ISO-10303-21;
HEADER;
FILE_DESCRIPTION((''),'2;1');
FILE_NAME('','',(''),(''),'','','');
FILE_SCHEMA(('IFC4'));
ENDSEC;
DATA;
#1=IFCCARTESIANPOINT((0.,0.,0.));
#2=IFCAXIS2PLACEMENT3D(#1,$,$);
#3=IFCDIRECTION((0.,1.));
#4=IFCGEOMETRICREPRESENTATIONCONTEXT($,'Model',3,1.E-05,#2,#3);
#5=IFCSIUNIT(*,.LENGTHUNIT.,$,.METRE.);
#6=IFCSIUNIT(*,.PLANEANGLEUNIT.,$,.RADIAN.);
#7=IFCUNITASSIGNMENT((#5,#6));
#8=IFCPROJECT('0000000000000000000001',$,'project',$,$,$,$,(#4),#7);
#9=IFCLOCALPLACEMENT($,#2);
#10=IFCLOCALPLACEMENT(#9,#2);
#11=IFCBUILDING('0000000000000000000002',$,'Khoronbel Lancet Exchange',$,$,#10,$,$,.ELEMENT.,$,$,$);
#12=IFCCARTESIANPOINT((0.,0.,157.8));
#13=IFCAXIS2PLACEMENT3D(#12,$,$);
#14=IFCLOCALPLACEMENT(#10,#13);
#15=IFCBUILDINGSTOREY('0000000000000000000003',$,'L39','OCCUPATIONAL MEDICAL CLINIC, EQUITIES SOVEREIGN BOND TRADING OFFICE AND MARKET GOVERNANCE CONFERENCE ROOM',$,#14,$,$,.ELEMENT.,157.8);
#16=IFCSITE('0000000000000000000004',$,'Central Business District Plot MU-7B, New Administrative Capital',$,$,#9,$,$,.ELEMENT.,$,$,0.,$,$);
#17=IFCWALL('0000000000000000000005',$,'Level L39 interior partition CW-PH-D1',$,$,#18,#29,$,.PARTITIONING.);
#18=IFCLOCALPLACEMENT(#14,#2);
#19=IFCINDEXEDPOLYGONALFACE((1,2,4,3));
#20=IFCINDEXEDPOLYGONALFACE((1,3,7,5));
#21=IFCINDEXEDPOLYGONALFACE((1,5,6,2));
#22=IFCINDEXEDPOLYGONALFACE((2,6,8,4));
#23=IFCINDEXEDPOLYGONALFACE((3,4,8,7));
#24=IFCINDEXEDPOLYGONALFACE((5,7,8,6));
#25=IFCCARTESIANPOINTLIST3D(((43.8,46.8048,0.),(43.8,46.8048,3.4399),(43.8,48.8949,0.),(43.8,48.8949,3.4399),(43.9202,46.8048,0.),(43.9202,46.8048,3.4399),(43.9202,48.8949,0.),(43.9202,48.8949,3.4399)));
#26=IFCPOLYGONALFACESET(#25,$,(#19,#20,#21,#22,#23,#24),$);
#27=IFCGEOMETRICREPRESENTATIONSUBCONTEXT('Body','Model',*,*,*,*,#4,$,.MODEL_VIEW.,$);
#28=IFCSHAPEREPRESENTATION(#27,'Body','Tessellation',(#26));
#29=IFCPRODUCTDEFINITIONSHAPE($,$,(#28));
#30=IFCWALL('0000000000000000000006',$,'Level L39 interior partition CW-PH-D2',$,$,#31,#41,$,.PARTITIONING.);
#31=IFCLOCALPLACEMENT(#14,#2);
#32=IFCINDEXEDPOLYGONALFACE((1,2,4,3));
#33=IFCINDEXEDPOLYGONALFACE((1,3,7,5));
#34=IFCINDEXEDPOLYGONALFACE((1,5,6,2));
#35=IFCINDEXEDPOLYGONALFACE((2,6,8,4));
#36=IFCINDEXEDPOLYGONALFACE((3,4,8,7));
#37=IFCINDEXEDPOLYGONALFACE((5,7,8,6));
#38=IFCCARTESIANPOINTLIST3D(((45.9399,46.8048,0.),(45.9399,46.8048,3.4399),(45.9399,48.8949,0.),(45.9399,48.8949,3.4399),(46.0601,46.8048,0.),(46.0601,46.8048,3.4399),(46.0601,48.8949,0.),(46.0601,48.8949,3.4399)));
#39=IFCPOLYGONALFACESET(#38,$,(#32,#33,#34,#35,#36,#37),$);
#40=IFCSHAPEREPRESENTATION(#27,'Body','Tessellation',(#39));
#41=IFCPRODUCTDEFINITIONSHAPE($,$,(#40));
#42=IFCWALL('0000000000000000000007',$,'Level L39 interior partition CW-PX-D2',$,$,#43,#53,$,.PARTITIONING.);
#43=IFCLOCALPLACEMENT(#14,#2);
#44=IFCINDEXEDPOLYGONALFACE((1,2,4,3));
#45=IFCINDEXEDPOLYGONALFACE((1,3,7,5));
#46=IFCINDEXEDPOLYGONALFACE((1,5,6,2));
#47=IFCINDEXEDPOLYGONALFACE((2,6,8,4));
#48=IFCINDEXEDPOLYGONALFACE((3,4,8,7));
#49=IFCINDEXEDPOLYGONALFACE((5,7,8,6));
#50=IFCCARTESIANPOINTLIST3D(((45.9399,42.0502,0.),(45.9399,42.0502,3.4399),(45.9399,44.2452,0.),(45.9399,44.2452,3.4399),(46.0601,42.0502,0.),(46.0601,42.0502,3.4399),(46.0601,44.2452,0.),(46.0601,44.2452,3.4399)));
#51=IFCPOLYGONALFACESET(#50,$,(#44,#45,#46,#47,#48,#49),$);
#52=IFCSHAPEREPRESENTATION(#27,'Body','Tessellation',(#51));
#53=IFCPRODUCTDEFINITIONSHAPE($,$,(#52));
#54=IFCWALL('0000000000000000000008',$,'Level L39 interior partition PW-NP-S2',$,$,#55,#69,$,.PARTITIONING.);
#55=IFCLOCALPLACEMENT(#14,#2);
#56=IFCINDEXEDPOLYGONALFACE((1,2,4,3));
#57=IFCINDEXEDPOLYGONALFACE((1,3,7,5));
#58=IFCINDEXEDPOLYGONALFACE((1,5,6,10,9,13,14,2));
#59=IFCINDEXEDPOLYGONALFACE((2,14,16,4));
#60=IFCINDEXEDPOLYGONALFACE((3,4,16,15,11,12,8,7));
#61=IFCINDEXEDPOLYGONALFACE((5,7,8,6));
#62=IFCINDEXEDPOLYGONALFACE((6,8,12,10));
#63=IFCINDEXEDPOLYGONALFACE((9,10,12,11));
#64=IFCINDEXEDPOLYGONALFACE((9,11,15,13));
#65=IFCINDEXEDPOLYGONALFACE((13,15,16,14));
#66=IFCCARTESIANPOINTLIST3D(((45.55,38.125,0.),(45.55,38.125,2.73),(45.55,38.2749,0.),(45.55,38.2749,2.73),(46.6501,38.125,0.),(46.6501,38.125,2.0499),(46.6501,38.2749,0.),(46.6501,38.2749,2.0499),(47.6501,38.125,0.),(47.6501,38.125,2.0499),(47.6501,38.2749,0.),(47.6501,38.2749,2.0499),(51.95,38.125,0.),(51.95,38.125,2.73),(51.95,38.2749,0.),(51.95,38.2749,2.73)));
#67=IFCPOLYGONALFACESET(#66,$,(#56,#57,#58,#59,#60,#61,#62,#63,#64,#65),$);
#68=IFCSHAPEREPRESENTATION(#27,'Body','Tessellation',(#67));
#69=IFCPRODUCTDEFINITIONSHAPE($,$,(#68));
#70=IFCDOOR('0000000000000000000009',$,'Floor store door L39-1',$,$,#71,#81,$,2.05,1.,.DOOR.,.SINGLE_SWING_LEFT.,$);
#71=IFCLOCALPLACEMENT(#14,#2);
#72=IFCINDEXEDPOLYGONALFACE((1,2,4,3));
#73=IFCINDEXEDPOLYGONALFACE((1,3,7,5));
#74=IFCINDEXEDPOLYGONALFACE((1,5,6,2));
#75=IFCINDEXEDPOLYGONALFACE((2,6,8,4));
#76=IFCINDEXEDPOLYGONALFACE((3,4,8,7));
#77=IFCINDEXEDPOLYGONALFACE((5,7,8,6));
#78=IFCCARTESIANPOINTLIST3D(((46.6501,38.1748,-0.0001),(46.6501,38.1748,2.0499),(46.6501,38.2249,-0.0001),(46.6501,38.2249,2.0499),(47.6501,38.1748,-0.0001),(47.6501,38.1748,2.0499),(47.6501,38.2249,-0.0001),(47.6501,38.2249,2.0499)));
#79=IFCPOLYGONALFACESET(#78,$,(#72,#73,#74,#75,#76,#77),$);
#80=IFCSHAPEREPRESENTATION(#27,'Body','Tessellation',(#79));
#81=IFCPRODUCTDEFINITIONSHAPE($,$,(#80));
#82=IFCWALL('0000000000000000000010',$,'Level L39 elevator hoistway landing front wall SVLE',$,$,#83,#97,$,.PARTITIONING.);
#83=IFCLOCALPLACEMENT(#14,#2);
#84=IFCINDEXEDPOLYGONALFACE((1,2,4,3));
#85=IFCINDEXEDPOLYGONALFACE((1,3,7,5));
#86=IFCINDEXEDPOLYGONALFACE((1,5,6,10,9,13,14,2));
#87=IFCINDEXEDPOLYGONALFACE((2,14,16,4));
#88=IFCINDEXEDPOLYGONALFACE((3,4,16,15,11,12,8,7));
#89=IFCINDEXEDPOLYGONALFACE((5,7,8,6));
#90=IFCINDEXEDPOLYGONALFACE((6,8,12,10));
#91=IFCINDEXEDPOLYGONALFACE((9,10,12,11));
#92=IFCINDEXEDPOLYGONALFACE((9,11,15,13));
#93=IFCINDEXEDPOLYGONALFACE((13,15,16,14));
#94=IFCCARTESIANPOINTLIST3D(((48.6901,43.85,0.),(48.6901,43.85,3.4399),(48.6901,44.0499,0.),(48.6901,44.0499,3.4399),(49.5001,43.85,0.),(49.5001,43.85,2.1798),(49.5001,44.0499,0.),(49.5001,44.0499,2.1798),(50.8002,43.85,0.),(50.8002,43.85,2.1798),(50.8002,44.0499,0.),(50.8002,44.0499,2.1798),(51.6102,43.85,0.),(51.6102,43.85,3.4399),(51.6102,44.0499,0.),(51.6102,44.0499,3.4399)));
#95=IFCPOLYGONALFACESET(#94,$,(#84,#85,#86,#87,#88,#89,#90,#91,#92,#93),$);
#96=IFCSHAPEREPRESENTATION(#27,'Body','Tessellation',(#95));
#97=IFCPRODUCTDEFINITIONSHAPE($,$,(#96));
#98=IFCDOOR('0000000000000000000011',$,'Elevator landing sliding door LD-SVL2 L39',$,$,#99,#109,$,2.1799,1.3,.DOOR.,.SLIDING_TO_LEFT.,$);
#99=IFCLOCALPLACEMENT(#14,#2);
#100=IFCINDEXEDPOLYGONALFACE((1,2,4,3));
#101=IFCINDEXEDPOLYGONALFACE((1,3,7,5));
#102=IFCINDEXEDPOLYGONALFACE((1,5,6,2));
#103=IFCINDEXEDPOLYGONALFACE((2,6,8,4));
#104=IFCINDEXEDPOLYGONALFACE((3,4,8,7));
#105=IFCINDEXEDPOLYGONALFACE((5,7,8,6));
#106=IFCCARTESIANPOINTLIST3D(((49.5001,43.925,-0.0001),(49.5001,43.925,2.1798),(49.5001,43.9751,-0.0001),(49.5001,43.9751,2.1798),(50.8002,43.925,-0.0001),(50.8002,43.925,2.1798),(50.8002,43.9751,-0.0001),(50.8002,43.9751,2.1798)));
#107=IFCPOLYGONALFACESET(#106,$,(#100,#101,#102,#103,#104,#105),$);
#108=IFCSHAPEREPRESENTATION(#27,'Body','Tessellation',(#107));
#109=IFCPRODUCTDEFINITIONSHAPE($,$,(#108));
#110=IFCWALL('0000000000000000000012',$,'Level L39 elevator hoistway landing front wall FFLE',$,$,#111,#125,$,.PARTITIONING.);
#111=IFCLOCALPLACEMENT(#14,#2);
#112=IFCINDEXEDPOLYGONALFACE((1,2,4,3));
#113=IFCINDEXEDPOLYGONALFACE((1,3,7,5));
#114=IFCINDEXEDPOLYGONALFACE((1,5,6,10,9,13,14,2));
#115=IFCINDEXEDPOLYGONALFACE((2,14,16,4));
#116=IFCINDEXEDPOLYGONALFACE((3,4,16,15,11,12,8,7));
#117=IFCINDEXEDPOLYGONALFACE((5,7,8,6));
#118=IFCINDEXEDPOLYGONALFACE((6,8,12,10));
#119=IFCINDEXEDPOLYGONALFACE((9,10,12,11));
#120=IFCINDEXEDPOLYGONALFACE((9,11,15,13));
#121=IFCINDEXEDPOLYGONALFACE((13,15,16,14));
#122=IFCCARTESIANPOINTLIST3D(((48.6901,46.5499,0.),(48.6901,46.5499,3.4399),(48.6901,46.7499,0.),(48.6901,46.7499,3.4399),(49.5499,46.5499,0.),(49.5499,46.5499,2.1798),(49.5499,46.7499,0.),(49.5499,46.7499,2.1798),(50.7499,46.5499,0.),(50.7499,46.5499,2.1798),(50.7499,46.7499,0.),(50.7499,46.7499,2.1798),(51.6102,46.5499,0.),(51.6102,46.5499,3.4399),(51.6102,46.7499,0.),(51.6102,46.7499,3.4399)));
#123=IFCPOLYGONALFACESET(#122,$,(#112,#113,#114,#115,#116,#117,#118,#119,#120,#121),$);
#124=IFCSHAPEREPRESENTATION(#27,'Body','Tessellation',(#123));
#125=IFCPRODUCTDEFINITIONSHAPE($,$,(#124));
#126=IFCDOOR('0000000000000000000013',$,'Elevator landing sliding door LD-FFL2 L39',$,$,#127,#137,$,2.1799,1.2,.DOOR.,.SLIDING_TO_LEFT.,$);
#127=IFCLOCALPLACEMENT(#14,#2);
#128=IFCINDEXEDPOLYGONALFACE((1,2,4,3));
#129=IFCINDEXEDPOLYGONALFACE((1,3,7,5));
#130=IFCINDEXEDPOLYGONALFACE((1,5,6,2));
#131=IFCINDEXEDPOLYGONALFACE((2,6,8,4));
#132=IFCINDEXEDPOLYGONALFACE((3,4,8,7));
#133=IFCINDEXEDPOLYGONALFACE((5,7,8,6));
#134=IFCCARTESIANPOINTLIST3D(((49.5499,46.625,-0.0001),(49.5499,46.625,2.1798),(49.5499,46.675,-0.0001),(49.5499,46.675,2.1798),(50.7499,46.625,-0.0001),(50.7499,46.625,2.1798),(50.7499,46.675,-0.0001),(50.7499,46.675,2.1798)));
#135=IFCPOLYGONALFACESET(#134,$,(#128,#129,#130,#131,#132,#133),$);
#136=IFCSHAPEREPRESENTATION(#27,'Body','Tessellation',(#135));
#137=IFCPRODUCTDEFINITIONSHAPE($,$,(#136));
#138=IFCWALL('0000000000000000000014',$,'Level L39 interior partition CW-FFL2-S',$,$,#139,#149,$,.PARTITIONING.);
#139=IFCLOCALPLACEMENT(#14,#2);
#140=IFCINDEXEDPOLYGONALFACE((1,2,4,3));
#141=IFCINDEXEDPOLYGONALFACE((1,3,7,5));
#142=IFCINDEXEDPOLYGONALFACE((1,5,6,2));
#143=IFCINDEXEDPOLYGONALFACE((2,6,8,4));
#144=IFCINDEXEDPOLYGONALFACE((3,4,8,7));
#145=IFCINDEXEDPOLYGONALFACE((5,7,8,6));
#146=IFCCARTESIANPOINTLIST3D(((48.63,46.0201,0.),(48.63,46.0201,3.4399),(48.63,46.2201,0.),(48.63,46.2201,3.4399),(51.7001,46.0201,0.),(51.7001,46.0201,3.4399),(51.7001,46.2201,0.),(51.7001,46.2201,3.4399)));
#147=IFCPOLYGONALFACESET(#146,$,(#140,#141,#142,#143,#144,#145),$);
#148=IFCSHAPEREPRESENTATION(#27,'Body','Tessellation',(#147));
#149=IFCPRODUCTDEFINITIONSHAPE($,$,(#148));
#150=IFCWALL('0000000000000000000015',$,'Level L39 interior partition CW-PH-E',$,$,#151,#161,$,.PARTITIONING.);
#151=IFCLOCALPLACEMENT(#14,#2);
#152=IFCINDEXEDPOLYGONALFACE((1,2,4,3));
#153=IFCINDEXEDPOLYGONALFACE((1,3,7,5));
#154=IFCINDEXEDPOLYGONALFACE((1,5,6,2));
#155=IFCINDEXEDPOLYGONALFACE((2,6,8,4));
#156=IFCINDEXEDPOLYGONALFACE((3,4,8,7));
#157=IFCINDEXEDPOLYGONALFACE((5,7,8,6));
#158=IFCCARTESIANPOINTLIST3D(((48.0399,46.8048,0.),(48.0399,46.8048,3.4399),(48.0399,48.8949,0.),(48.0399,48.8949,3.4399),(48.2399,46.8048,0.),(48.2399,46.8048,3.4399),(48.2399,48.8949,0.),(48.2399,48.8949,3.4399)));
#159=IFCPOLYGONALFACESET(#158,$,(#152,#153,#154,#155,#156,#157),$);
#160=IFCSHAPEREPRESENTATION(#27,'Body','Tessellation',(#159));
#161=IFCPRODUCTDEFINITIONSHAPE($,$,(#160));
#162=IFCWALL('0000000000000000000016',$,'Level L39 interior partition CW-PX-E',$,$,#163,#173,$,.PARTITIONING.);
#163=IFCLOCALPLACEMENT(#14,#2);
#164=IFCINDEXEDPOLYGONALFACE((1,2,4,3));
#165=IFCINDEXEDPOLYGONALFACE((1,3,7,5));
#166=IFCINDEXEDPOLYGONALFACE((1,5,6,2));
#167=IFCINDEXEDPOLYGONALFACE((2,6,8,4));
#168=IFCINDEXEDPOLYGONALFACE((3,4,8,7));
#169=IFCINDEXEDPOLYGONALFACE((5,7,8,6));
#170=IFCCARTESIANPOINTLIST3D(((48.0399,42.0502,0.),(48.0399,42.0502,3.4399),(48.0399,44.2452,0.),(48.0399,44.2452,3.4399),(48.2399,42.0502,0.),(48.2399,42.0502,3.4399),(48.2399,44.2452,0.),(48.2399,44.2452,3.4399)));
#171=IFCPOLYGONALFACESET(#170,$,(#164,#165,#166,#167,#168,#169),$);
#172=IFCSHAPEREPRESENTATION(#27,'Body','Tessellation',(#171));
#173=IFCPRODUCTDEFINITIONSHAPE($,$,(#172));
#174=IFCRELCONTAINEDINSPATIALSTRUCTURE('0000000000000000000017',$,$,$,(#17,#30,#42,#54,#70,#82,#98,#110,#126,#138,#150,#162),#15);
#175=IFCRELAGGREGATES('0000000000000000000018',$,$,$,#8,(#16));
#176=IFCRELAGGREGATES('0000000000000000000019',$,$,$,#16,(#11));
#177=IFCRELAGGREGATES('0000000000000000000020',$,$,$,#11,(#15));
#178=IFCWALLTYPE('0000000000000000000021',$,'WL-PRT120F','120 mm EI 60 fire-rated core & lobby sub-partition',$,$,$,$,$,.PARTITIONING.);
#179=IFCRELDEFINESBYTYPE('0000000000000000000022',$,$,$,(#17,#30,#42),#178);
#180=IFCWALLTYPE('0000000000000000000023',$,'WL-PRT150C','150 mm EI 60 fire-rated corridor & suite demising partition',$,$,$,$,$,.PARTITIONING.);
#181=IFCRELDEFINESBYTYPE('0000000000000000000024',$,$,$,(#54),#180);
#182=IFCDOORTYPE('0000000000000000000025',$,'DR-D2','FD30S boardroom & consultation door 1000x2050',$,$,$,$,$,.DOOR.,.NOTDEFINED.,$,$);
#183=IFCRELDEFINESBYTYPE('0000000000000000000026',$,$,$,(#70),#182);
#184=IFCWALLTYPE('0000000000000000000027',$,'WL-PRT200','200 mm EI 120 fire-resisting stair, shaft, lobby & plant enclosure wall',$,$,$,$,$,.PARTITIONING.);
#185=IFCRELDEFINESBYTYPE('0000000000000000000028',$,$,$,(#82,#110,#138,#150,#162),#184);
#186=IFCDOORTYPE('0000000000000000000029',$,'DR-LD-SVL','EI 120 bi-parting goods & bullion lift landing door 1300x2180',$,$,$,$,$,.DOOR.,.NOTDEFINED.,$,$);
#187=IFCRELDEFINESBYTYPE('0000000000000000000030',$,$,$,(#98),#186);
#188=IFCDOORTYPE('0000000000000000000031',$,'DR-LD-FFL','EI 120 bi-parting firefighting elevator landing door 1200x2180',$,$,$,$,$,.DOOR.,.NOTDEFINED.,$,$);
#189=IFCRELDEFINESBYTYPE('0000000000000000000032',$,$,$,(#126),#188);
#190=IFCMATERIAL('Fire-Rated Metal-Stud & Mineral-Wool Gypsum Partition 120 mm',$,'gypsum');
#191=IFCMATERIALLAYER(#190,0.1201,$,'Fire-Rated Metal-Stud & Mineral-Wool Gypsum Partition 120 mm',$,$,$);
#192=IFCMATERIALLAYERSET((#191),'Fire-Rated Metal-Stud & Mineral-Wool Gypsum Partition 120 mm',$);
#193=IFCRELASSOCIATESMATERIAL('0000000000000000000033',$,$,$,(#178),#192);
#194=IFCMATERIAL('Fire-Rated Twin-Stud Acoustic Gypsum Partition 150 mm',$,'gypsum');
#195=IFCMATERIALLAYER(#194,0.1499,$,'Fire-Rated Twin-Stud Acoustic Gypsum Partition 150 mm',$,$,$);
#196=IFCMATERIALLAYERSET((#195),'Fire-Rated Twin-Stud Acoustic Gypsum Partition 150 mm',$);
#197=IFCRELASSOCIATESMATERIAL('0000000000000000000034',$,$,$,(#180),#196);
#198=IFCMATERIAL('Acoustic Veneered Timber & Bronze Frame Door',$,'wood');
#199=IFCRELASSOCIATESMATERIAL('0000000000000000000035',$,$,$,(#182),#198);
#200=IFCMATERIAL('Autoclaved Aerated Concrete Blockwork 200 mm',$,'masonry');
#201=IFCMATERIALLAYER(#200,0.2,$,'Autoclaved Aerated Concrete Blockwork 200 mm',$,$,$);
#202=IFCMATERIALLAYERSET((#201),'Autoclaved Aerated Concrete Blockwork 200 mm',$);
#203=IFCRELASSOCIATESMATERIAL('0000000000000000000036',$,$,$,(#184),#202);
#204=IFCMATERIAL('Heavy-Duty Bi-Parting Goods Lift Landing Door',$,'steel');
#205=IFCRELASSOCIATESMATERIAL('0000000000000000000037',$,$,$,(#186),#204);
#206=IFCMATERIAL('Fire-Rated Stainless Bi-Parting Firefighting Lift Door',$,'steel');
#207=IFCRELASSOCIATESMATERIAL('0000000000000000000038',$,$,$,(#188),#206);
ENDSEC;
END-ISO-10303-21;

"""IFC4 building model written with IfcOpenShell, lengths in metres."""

from ifc_helpers import new_model, si_unit, direction, frame, frame_2d, origin, place, context, subcontext, project, spatial, rectangle, extrude, material, layer, layer_set, type_object, element, fill, save


model = new_model("IFC4")

# Units and contexts
model_context = context("Model", 3, precision=1e-05, world=origin(), true_north=direction((0.0, 1.0)))
body_context = subcontext(model_context, "Body", "Model", "MODEL_VIEW")
ifc_project = project(units=[si_unit("LENGTHUNIT", "METRE"), si_unit("PLANEANGLEUNIT", "RADIAN")], contexts=[model_context])

# Site, building, storey
site_placement = place(None, origin())
site = spatial("IfcSite", under=ifc_project, at=site_placement, Name="Central Business District Plot MU-7B, New Administrative Capital", CompositionType="ELEMENT", RefElevation=0.0)
building_placement = place(site_placement, origin())
building = spatial("IfcBuilding", under=site, at=building_placement, Name="Khoronbel Lancet Exchange", CompositionType="ELEMENT")
storey_placement = place(building_placement, frame((0.0, 0.0, 157.8)))
storey = spatial("IfcBuildingStorey", under=building, at=storey_placement, Name="L39", Description="OCCUPATIONAL MEDICAL CLINIC, EQUITIES SOVEREIGN BOND TRADING OFFICE AND MARKET GOVERNANCE CONFERENCE ROOM", CompositionType="ELEMENT", Elevation=157.8)

# Walls
ifc_material_1 = material(Name="Fire-Rated Metal-Stud & Mineral-Wool Gypsum Partition 120 mm", Category="gypsum")
ifc_layer_1 = layer(ifc_material_1, 0.1201, Name="Fire-Rated Metal-Stud & Mineral-Wool Gypsum Partition 120 mm")
ifc_layer_set_1 = layer_set([ifc_layer_1], Name="Fire-Rated Metal-Stud & Mineral-Wool Gypsum Partition 120 mm")
wall_type_1 = type_object("IfcWallType", Name="WL-PRT120F", Description="120 mm EI 60 fire-rated core & lobby sub-partition", PredefinedType="PARTITIONING", material=ifc_layer_set_1)
for number, where, z_axis, x_axis, name in (
    (1, (43.8601, 46.8049, 0.0), (0.0, 0.0, 1.0), (0.0, 1.0, 0.0), "Level L39 interior partition CW-PH-D1"),
    (2, (46.0, 46.8049, 0.0), (0.0, 0.0, 1.0), (0.0, 1.0, 0.0), "Level L39 interior partition CW-PH-D2"),
):
    element("IfcWall", number, at=place(storey_placement, frame(where, z_axis=z_axis, x_axis=x_axis)), inside=storey, type_object=wall_type_1, Name=name, PredefinedType="PARTITIONING", context=body_context, shape_type="SweptSolid", body=[
        extrude(rectangle(XDim=2.0901, YDim=0.1201, at=frame_2d((1.0449, 0.0))), origin(), (0.0, 0.0, 1.0), 3.4399),
    ])
wall_1_placement = place(storey_placement, frame((46.0, 42.05, 0.0), z_axis=(0.0, 0.0, 1.0), x_axis=(0.0, 1.0, 0.0)))
element("IfcWall", 3, at=wall_1_placement, inside=storey, type_object=wall_type_1, Name="Level L39 interior partition CW-PX-D2", PredefinedType="PARTITIONING", context=body_context, shape_type="SweptSolid", body=[
    extrude(rectangle(XDim=2.1951, YDim=0.1201, at=frame_2d((1.0977, 0.0))), origin(), (0.0, 0.0, 1.0), 3.4399),
])

# Walls, openings, doors
ifc_material_2 = material(Name="Fire-Rated Twin-Stud Acoustic Gypsum Partition 150 mm", Category="gypsum")
ifc_layer_2 = layer(ifc_material_2, 0.1499, Name="Fire-Rated Twin-Stud Acoustic Gypsum Partition 150 mm")
ifc_layer_set_2 = layer_set([ifc_layer_2], Name="Fire-Rated Twin-Stud Acoustic Gypsum Partition 150 mm")
wall_type_2 = type_object("IfcWallType", Name="WL-PRT150C", Description="150 mm EI 60 fire-rated corridor & suite demising partition", PredefinedType="PARTITIONING", material=ifc_layer_set_2)
wall_2_placement = place(storey_placement, frame((45.55, 38.2, 0.0), z_axis=(0.0, 0.0, 1.0), x_axis=(1.0, 0.0, 0.0)))
wall_2 = element("IfcWall", 4, at=wall_2_placement, inside=storey, type_object=wall_type_2, Name="Level L39 interior partition PW-NP-S2", PredefinedType="PARTITIONING", context=body_context, shape_type="SweptSolid", body=[
    extrude(rectangle(XDim=6.3999, YDim=0.1499, at=frame_2d((3.2, 0.0))), origin(), (0.0, 0.0, 1.0), 2.73),
])
opening_1_placement = place(wall_2_placement, frame((1.1001, 0.0, 0.0)))
opening_1 = element("IfcOpeningElement", 5, at=opening_1_placement, cuts=wall_2, PredefinedType="OPENING", context=body_context, shape_type="SweptSolid", body=[
    extrude(rectangle(XDim=1.0, YDim=2.05, at=frame_2d((0.5, 1.0249))), frame((0.0, 0.085, 0.0), z_axis=(0.0, -1.0, 0.0), x_axis=(1.0, 0.0, 0.0)), (0.0, 0.0, 1.0), 0.1699),
])
ifc_material_3 = material(Name="Acoustic Veneered Timber & Bronze Frame Door", Category="wood")
door_type_1 = type_object("IfcDoorType", Name="DR-D2", Description="FD30S boardroom & consultation door 1000x2050", OperationType="NOTDEFINED", PredefinedType="DOOR", material=ifc_material_3)
door_1_placement = place(opening_1_placement, origin())
door_1 = element("IfcDoor", 6, at=door_1_placement, inside=storey, type_object=door_type_1, Name="Floor store door L39-1", OperationType="SINGLE_SWING_LEFT", OverallHeight=2.05, OverallWidth=1.0, PredefinedType="DOOR", context=body_context, shape_type="SweptSolid", body=[
    extrude(rectangle(XDim=1.0, YDim=2.05, at=frame_2d((0.5, 1.0249))), frame((0.0, 0.0249, 0.0), z_axis=(0.0, -1.0, 0.0), x_axis=(1.0, 0.0, 0.0)), (0.0, 0.0, 1.0), 0.05),
])
fill(opening_1, door_1)
ifc_material_4 = material(Name="Autoclaved Aerated Concrete Blockwork 200 mm", Category="masonry")
ifc_layer_3 = layer(ifc_material_4, 0.2, Name="Autoclaved Aerated Concrete Blockwork 200 mm")
ifc_layer_set_3 = layer_set([ifc_layer_3], Name="Autoclaved Aerated Concrete Blockwork 200 mm")
wall_type_3 = type_object("IfcWallType", Name="WL-PRT200", Description="200 mm EI 120 fire-resisting stair, shaft, lobby & plant enclosure wall", PredefinedType="PARTITIONING", material=ifc_layer_set_3)
wall_3_placement = place(storey_placement, frame((51.6101, 43.95, 0.0), z_axis=(0.0, 0.0, 1.0), x_axis=(-1.0, 0.0, 0.0)))
wall_3 = element("IfcWall", 7, at=wall_3_placement, inside=storey, type_object=wall_type_3, Name="Level L39 elevator hoistway landing front wall SVLE", PredefinedType="PARTITIONING", context=body_context, shape_type="SweptSolid", body=[
    extrude(rectangle(XDim=2.9202, YDim=0.2, at=frame_2d((1.46, 0.0))), origin(), (0.0, 0.0, 1.0), 3.4399),
])
opening_2_placement = place(wall_3_placement, frame((0.8101, 0.0, 0.0)))
opening_2 = element("IfcOpeningElement", 8, at=opening_2_placement, cuts=wall_3, PredefinedType="OPENING", context=body_context, shape_type="SweptSolid", body=[
    extrude(rectangle(XDim=1.3, YDim=2.1799, at=frame_2d((0.6499, 1.0898))), frame((0.0, 0.1099, 0.0), z_axis=(0.0, -1.0, 0.0), x_axis=(1.0, 0.0, 0.0)), (0.0, 0.0, 1.0), 0.22),
])
ifc_material_5 = material(Name="Heavy-Duty Bi-Parting Goods Lift Landing Door", Category="steel")
door_type_2 = type_object("IfcDoorType", Name="DR-LD-SVL", Description="EI 120 bi-parting goods & bullion lift landing door 1300x2180", OperationType="NOTDEFINED", PredefinedType="DOOR", material=ifc_material_5)
door_2_placement = place(opening_2_placement, origin())
door_2 = element("IfcDoor", 9, at=door_2_placement, inside=storey, type_object=door_type_2, Name="Elevator landing sliding door LD-SVL2 L39", OperationType="SLIDING_TO_LEFT", OverallHeight=2.1799, OverallWidth=1.3, PredefinedType="DOOR", context=body_context, shape_type="SweptSolid", body=[
    extrude(rectangle(XDim=1.3, YDim=2.1799, at=frame_2d((0.6499, 1.0898))), frame((0.0, 0.0249, 0.0), z_axis=(0.0, -1.0, 0.0), x_axis=(1.0, 0.0, 0.0)), (0.0, 0.0, 1.0), 0.05),
])
fill(opening_2, door_2)
wall_4_placement = place(storey_placement, frame((51.6101, 46.6499, 0.0), z_axis=(0.0, 0.0, 1.0), x_axis=(-1.0, 0.0, 0.0)))
wall_4 = element("IfcWall", 10, at=wall_4_placement, inside=storey, type_object=wall_type_3, Name="Level L39 elevator hoistway landing front wall FFLE", PredefinedType="PARTITIONING", context=body_context, shape_type="SweptSolid", body=[
    extrude(rectangle(XDim=2.9202, YDim=0.2, at=frame_2d((1.46, 0.0))), origin(), (0.0, 0.0, 1.0), 3.4399),
])
opening_3_placement = place(wall_4_placement, frame((0.8601, 0.0, 0.0)))
opening_3 = element("IfcOpeningElement", 11, at=opening_3_placement, cuts=wall_4, PredefinedType="OPENING", context=body_context, shape_type="SweptSolid", body=[
    extrude(rectangle(XDim=1.2, YDim=2.1799, at=frame_2d((0.6001, 1.0898))), frame((0.0, 0.1099, 0.0), z_axis=(0.0, -1.0, 0.0), x_axis=(1.0, 0.0, 0.0)), (0.0, 0.0, 1.0), 0.22),
])
ifc_material_6 = material(Name="Fire-Rated Stainless Bi-Parting Firefighting Lift Door", Category="steel")
door_type_3 = type_object("IfcDoorType", Name="DR-LD-FFL", Description="EI 120 bi-parting firefighting elevator landing door 1200x2180", OperationType="NOTDEFINED", PredefinedType="DOOR", material=ifc_material_6)
door_3_placement = place(opening_3_placement, origin())
door_3 = element("IfcDoor", 12, at=door_3_placement, inside=storey, type_object=door_type_3, Name="Elevator landing sliding door LD-FFL2 L39", OperationType="SLIDING_TO_LEFT", OverallHeight=2.1799, OverallWidth=1.2, PredefinedType="DOOR", context=body_context, shape_type="SweptSolid", body=[
    extrude(rectangle(XDim=1.2, YDim=2.1799, at=frame_2d((0.6001, 1.0898))), frame((0.0, 0.0249, 0.0), z_axis=(0.0, -1.0, 0.0), x_axis=(1.0, 0.0, 0.0)), (0.0, 0.0, 1.0), 0.05),
])
fill(opening_3, door_3)

# Walls
wall_5_placement = place(storey_placement, frame((48.6299, 46.1201, 0.0), z_axis=(0.0, 0.0, 1.0), x_axis=(1.0, 0.0, 0.0)))
element("IfcWall", 13, at=wall_5_placement, inside=storey, type_object=wall_type_3, Name="Level L39 interior partition CW-FFL2-S", PredefinedType="PARTITIONING", context=body_context, shape_type="SweptSolid", body=[
    extrude(rectangle(XDim=3.0701, YDim=0.2, at=frame_2d((1.5352, 0.0))), origin(), (0.0, 0.0, 1.0), 3.4399),
])
wall_6_placement = place(storey_placement, frame((48.1399, 46.8049, 0.0), z_axis=(0.0, 0.0, 1.0), x_axis=(0.0, 1.0, 0.0)))
element("IfcWall", 14, at=wall_6_placement, inside=storey, type_object=wall_type_3, Name="Level L39 interior partition CW-PH-E", PredefinedType="PARTITIONING", context=body_context, shape_type="SweptSolid", body=[
    extrude(rectangle(XDim=2.0901, YDim=0.2, at=frame_2d((1.0449, 0.0))), origin(), (0.0, 0.0, 1.0), 3.4399),
])
wall_7_placement = place(storey_placement, frame((48.1399, 42.05, 0.0), z_axis=(0.0, 0.0, 1.0), x_axis=(0.0, 1.0, 0.0)))
element("IfcWall", 15, at=wall_7_placement, inside=storey, type_object=wall_type_3, Name="Level L39 interior partition CW-PX-E", PredefinedType="PARTITIONING", context=body_context, shape_type="SweptSolid", body=[
    extrude(rectangle(XDim=2.1951, YDim=0.2, at=frame_2d((1.0977, 0.0))), origin(), (0.0, 0.0, 1.0), 3.4399),
])

save(model, "model.ifc")
